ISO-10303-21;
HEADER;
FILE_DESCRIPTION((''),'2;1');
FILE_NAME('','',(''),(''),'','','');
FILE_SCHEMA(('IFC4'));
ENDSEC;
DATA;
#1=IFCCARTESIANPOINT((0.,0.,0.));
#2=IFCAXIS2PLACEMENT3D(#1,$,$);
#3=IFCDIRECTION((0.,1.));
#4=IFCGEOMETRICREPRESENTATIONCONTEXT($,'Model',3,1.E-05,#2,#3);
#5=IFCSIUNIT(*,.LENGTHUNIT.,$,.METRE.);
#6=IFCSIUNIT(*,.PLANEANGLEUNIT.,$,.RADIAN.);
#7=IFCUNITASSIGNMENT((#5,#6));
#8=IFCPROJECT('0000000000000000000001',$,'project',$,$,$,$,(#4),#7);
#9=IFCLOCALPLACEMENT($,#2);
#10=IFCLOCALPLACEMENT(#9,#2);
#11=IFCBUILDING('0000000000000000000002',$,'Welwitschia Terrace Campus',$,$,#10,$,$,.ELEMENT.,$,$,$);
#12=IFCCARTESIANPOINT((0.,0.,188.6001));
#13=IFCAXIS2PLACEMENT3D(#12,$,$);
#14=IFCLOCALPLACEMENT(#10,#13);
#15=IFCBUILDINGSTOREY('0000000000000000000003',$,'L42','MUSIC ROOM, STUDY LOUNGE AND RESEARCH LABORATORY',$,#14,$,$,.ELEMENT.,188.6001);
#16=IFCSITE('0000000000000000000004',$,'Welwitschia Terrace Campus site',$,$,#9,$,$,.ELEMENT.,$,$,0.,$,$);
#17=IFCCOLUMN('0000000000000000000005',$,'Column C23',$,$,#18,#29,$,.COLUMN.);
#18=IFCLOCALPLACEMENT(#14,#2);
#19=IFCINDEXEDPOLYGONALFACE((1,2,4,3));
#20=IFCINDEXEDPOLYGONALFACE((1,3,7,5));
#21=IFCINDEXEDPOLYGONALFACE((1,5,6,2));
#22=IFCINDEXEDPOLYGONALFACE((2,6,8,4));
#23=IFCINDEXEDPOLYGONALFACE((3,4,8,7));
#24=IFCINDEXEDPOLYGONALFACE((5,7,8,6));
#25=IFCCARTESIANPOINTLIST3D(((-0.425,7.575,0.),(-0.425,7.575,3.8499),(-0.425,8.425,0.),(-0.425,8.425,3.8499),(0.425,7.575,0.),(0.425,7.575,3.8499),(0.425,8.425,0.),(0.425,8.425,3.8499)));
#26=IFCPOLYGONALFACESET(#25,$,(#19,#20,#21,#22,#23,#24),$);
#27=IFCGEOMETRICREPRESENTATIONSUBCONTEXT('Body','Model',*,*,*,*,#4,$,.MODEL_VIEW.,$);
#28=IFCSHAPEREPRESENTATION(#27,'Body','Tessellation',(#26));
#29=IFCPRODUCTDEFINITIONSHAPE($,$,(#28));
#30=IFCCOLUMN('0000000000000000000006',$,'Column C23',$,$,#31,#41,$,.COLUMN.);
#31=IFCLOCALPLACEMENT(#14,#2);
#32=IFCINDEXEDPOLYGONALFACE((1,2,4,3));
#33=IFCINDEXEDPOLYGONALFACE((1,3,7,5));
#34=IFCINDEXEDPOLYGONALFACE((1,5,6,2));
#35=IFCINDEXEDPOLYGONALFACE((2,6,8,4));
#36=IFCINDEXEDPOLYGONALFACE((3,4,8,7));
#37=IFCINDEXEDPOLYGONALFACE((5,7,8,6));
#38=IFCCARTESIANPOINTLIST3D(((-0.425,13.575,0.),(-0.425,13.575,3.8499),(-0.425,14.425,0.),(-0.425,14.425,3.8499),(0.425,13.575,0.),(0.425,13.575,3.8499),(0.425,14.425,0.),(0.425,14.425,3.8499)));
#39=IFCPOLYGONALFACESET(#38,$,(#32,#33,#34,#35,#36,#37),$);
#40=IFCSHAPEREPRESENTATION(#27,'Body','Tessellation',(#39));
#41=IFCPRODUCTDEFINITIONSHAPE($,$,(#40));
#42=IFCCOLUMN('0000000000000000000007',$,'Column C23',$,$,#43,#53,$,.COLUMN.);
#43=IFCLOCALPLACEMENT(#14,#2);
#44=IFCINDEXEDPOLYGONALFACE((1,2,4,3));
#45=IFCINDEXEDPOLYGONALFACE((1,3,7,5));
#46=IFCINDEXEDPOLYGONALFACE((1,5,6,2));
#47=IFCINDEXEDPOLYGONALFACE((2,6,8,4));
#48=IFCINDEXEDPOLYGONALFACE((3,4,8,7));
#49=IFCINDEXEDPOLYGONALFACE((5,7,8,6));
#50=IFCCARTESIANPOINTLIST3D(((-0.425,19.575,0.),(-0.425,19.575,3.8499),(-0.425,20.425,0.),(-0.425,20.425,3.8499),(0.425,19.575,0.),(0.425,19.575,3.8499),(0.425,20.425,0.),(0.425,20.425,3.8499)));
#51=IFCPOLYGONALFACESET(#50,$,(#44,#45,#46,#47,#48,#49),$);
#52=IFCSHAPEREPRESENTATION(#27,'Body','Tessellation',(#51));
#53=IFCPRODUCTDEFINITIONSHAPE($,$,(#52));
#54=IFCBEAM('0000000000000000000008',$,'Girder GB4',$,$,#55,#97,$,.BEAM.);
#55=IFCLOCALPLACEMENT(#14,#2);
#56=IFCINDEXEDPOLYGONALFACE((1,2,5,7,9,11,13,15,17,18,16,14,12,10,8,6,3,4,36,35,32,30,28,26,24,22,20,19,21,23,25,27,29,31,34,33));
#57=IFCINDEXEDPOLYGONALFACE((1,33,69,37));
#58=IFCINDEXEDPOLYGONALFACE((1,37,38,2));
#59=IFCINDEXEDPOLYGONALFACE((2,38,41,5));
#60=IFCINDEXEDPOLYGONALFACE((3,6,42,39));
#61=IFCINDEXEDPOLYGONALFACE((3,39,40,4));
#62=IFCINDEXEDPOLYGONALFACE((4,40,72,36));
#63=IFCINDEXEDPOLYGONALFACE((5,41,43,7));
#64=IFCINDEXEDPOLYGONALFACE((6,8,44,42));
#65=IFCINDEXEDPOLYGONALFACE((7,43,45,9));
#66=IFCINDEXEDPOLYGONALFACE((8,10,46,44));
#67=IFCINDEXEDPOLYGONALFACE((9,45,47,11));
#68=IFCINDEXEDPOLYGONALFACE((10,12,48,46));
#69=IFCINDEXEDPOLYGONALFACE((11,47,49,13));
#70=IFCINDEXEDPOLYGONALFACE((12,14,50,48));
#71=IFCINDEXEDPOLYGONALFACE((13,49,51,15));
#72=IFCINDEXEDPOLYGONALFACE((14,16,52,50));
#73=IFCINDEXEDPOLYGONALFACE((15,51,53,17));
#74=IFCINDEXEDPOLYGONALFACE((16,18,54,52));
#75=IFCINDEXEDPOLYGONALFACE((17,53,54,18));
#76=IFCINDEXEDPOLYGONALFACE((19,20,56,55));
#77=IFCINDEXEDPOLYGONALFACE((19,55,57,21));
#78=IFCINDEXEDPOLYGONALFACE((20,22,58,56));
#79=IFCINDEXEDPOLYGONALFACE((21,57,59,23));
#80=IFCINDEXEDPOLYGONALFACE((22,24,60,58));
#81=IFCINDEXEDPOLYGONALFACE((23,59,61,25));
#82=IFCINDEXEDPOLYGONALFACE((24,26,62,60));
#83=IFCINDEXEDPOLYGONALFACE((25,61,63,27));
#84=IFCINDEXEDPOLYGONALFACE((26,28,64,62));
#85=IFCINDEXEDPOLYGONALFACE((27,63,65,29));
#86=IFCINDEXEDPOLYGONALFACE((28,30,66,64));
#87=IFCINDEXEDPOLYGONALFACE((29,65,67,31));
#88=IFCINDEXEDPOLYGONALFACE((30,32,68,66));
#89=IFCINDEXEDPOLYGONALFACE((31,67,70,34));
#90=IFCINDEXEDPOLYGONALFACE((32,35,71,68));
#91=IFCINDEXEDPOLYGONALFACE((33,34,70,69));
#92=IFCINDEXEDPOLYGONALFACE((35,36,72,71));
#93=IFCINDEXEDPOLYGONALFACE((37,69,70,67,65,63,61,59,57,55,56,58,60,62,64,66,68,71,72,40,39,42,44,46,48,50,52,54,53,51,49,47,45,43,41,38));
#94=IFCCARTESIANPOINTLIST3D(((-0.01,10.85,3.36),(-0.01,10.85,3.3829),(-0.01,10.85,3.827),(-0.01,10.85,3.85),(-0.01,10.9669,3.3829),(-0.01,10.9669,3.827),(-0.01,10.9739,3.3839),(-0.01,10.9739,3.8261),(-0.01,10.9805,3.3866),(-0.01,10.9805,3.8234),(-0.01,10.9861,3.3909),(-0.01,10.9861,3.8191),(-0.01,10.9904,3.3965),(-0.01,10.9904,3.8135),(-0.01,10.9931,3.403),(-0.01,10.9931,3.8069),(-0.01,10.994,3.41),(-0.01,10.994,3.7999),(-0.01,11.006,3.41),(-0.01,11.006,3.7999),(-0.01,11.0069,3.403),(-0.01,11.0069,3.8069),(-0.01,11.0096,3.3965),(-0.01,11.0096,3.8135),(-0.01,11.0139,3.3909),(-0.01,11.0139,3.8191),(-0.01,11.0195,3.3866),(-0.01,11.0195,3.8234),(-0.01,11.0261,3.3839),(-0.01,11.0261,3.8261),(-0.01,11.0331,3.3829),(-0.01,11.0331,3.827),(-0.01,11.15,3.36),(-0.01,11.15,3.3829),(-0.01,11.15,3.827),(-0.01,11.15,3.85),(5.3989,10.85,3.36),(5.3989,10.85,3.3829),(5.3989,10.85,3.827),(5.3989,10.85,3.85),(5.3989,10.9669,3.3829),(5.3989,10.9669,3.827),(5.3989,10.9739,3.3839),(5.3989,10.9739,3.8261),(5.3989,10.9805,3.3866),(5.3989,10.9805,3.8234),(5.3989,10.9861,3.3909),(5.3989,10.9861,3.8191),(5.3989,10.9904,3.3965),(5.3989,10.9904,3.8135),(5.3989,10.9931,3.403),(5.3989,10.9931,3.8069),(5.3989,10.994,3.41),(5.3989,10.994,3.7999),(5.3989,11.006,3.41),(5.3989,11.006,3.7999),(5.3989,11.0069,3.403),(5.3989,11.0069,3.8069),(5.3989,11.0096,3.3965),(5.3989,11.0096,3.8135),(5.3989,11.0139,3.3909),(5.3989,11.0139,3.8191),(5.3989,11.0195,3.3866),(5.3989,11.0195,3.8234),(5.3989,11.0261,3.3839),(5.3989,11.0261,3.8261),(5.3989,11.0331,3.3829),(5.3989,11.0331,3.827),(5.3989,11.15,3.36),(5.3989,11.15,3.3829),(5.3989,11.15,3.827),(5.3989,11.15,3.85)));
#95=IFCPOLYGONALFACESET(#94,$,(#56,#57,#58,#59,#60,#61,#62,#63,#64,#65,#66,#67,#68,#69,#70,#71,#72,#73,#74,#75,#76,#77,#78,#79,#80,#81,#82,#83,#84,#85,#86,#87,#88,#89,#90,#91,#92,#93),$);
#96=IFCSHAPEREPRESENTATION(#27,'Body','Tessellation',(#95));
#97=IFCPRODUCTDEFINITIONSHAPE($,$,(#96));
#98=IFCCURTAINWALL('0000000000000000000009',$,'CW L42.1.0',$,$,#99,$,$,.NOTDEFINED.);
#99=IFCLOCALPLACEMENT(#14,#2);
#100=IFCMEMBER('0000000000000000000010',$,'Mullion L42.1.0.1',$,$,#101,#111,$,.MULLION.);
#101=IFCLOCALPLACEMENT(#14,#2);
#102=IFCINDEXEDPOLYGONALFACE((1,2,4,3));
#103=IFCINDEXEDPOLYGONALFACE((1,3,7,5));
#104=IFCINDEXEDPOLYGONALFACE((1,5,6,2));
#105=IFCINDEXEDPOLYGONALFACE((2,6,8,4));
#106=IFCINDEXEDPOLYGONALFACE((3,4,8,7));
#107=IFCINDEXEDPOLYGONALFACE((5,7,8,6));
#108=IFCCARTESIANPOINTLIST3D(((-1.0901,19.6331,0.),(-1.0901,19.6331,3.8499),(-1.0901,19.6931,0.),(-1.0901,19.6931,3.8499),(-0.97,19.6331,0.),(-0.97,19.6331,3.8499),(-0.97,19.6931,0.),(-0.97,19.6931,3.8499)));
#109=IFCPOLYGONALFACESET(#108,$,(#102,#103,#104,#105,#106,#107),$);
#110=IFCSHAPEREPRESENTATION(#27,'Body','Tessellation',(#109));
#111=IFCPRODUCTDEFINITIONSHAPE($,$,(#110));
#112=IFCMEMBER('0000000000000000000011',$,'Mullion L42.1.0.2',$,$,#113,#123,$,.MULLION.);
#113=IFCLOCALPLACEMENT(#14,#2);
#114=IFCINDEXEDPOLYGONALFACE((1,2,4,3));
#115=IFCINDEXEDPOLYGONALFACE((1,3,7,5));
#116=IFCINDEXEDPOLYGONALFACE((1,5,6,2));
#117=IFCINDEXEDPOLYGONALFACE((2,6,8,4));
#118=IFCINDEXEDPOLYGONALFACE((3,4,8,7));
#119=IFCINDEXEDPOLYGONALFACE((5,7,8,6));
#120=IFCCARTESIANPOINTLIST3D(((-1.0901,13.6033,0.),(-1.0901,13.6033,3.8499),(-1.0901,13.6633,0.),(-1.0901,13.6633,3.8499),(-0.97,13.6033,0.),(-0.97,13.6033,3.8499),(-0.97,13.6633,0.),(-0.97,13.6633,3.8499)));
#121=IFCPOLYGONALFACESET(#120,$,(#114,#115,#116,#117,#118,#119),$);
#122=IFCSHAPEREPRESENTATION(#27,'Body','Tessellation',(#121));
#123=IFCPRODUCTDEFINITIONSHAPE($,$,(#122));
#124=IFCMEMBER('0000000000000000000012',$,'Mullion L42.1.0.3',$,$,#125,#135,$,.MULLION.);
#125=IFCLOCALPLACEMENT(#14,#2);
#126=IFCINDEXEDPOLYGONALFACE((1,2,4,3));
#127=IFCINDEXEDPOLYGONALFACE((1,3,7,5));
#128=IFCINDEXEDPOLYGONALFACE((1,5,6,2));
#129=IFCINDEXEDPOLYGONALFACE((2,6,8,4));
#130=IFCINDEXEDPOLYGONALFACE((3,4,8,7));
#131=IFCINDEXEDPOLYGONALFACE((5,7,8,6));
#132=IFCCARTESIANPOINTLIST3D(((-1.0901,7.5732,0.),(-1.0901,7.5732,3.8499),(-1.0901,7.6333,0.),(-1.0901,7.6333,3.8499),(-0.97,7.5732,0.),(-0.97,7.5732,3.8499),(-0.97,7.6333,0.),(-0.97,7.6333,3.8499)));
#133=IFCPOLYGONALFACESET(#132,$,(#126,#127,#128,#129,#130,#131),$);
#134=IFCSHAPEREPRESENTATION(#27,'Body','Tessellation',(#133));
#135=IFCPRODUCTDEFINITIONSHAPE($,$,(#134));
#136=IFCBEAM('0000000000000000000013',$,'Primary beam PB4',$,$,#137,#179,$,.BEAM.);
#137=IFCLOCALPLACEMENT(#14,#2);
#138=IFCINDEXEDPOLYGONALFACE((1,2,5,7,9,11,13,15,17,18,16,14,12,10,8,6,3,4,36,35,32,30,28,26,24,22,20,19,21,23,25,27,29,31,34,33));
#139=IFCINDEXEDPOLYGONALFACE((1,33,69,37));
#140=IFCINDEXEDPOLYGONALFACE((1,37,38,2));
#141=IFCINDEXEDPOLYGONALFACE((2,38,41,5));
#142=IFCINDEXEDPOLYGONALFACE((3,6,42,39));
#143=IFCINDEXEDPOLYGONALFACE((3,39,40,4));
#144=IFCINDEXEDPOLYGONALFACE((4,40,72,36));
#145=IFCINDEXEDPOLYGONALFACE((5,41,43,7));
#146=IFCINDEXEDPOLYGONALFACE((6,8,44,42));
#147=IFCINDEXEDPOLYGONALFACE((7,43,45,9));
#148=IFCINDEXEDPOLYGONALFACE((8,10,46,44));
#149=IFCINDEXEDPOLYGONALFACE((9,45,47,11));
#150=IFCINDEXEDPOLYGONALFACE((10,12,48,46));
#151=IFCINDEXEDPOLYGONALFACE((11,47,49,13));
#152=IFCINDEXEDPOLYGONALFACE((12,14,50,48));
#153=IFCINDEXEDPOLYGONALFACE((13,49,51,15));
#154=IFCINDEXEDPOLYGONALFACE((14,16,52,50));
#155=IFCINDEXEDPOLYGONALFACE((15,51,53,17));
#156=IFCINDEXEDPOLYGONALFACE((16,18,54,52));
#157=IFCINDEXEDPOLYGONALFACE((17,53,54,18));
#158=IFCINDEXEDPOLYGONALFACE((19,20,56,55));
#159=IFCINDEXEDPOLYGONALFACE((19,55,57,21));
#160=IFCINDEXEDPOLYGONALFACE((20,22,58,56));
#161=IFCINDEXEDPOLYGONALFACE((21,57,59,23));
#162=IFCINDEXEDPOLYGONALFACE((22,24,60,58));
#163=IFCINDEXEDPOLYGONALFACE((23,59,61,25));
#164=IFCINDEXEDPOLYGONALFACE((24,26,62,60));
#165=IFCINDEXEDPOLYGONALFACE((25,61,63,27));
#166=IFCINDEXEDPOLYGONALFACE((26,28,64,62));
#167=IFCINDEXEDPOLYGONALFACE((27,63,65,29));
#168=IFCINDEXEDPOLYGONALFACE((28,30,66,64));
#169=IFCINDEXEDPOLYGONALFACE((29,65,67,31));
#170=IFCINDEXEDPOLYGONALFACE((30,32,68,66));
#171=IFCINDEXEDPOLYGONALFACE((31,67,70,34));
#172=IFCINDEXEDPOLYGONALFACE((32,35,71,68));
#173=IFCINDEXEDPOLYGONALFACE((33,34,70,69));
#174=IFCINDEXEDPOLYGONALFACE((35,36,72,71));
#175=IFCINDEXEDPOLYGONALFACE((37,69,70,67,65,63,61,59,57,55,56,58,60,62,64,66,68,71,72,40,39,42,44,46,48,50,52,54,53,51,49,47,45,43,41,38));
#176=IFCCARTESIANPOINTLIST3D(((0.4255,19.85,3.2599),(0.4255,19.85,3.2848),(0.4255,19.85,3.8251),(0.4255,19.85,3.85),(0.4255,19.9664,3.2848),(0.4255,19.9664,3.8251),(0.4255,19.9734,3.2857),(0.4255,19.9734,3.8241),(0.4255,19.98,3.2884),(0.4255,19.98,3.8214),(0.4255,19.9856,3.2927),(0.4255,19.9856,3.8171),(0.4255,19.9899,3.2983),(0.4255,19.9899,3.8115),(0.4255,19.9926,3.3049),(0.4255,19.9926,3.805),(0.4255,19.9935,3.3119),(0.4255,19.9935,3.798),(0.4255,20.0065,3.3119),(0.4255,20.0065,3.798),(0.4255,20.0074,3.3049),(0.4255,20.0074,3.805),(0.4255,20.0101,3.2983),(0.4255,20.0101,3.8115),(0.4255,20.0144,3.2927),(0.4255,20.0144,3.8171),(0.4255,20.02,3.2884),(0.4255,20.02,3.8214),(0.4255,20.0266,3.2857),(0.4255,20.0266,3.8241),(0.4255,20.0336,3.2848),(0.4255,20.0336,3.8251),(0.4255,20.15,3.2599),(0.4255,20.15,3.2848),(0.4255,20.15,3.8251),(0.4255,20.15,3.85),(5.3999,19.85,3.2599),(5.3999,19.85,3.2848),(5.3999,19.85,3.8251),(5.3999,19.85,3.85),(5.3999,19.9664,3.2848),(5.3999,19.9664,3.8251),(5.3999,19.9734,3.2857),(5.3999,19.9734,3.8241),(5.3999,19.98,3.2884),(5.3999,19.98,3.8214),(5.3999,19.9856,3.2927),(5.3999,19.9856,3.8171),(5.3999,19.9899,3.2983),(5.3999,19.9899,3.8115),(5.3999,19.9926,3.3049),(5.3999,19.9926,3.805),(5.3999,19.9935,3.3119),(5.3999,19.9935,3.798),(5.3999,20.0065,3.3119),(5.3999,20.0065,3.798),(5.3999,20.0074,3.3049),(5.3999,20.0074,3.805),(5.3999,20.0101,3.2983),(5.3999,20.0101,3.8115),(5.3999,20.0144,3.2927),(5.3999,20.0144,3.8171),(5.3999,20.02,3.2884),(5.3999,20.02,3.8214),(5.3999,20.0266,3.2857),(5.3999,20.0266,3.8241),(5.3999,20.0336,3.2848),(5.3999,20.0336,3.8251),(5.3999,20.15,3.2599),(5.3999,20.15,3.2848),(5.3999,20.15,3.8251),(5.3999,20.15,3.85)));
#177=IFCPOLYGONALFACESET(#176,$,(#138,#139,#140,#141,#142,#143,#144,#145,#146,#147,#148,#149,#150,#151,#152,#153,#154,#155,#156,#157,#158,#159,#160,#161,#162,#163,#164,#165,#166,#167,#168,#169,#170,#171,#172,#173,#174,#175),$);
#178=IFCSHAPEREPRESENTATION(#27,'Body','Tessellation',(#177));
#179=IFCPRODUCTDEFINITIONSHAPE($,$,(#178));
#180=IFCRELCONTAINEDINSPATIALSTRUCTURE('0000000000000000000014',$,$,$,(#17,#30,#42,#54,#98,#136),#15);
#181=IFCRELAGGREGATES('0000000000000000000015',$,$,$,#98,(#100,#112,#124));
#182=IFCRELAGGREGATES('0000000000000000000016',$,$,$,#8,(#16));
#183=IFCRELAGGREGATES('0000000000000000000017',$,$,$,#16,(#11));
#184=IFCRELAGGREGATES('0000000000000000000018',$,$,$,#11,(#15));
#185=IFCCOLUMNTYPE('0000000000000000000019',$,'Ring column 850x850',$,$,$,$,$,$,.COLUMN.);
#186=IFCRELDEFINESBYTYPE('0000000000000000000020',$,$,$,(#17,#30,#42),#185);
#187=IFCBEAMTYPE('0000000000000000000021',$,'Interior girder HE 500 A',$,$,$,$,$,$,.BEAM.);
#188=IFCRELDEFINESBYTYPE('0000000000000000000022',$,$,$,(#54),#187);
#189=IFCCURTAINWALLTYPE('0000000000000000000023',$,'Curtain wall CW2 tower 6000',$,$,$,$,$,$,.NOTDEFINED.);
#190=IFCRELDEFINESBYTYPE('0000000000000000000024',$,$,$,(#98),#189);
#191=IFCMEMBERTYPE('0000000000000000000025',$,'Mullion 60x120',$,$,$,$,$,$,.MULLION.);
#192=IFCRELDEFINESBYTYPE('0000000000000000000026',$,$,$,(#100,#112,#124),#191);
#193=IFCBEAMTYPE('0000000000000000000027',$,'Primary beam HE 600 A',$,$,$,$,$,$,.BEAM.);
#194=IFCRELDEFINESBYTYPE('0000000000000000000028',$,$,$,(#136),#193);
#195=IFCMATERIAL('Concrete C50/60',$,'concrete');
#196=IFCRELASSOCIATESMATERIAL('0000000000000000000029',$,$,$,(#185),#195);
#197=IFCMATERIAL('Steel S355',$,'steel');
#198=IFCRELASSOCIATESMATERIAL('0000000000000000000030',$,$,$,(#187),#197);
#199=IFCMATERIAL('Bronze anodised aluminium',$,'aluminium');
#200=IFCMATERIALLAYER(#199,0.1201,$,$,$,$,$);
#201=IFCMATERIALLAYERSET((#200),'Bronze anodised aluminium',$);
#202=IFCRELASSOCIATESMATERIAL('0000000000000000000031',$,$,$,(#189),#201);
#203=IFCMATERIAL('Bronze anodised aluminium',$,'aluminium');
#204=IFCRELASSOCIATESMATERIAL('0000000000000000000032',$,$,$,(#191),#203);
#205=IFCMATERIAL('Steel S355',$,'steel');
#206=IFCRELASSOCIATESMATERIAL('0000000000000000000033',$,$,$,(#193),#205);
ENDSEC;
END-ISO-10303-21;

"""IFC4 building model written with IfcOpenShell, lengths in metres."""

from ifc_helpers import new_model, si_unit, direction, frame, origin, origin_2d, place, context, subcontext, project, spatial, rectangle, i_section, extrude, material, layer, layer_set, material_profile, profile_set, type_object, element, aggregate, save


model = new_model("IFC4")

# Units and contexts
model_context = context("Model", 3, precision=1e-05, world=origin(), true_north=direction((0.0, 1.0)))
body_context = subcontext(model_context, "Body", "Model", "MODEL_VIEW")
ifc_project = project(units=[si_unit("LENGTHUNIT", "METRE"), si_unit("PLANEANGLEUNIT", "RADIAN")], contexts=[model_context])

# Site, building, storey
site_placement = place(None, origin())
site = spatial("IfcSite", under=ifc_project, at=site_placement, Name="Welwitschia Terrace Campus site", CompositionType="ELEMENT", RefElevation=0.0)
building_placement = place(site_placement, origin())
building = spatial("IfcBuilding", under=site, at=building_placement, Name="Welwitschia Terrace Campus", CompositionType="ELEMENT")
storey_placement = place(building_placement, frame((0.0, 0.0, 188.6001)))
storey = spatial("IfcBuildingStorey", under=building, at=storey_placement, Name="L42", Description="MUSIC ROOM, STUDY LOUNGE AND RESEARCH LABORATORY", CompositionType="ELEMENT", Elevation=188.6001)

# Columns
ifc_material_1 = material(Name="Concrete C50/60", Category="concrete")
ifc_material_profile_1 = material_profile(ifc_material_1, rectangle(XDim=0.8501, YDim=0.8501, at=origin_2d()))
ifc_profile_set_1 = profile_set([ifc_material_profile_1], Name="Concrete C50/60")
column_type = type_object("IfcColumnType", Name="Ring column 850x850", PredefinedType="COLUMN", material=ifc_profile_set_1)
for number, where, z_axis, x_axis, name in (
    (1, (0.0, 8.0, 0.0), (0.0, 0.0, 1.0), (1.0, 0.0, 0.0), "Column C23"),
    (2, (0.0, 14.0, 0.0), (0.0, 0.0, 1.0), (1.0, 0.0, 0.0), "Column C23"),
    (3, (0.0, 20.0, 0.0), (0.0, 0.0, 1.0), (1.0, 0.0, 0.0), "Column C23"),
):
    element("IfcColumn", number, at=place(storey_placement, frame(where, z_axis=z_axis, x_axis=x_axis)), inside=storey, type_object=column_type, Name=name, PredefinedType="COLUMN", context=body_context, shape_type="SweptSolid", body=[
        extrude(rectangle(XDim=0.8501, YDim=0.8501, at=origin_2d()), origin(), (0.0, 0.0, 1.0), 3.8499),
    ])

# Beam
ifc_material_2 = material(Name="Steel S355", Category="steel")
ifc_material_profile_2 = material_profile(ifc_material_2, i_section(OverallWidth=0.3, OverallDepth=0.49, WebThickness=0.012, FlangeThickness=0.0229, FilletRadius=0.0271, at=origin_2d()))
ifc_profile_set_2 = profile_set([ifc_material_profile_2], Name="Steel S355")
beam_type_1 = type_object("IfcBeamType", Name="Interior girder HE 500 A", PredefinedType="BEAM", material=ifc_profile_set_2)
beam_1_placement = place(storey_placement, frame((-0.01, 11.0, 3.605), z_axis=(1.0, 0.0, 0.0), x_axis=(0.0, 1.0, 0.0)))
element("IfcBeam", 4, at=beam_1_placement, inside=storey, type_object=beam_type_1, Name="Girder GB4", PredefinedType="BEAM", context=body_context, shape_type="SweptSolid", body=[
    extrude(i_section(OverallWidth=0.3, OverallDepth=0.49, WebThickness=0.012, FlangeThickness=0.0229, FilletRadius=0.0271, at=origin_2d()), origin(), (0.0, 0.0, 1.0), 5.4089),
])

# Curtain wall, members
ifc_material_3 = material(Name="Bronze anodised aluminium", Category="aluminium")
ifc_layer_1 = layer(ifc_material_3, 0.1201)
ifc_layer_set_1 = layer_set([ifc_layer_1], Name="Bronze anodised aluminium")
curtain_wall_type = type_object("IfcCurtainWallType", Name="Curtain wall CW2 tower 6000", PredefinedType="NOTDEFINED", material=ifc_layer_set_1)
curtain_wall_placement = place(storey_placement, origin())
curtain_wall = element("IfcCurtainWall", 5, at=curtain_wall_placement, inside=storey, type_object=curtain_wall_type, Name="CW L42.1.0", PredefinedType="NOTDEFINED")
ifc_material_4 = material(Name="Bronze anodised aluminium", Category="aluminium")
ifc_material_profile_3 = material_profile(ifc_material_4, rectangle(XDim=0.1201, YDim=0.0601, at=origin_2d()))
ifc_profile_set_3 = profile_set([ifc_material_profile_3], Name="Bronze anodised aluminium")
member_type = type_object("IfcMemberType", Name="Mullion 60x120", PredefinedType="MULLION", material=ifc_profile_set_3)
member_1_placement = place(storey_placement, frame((-1.03, 19.6631, 0.0), z_axis=(0.0, 0.0, 1.0), x_axis=(1.0, 0.0, 0.0)))
member_1 = element("IfcMember", 6, at=member_1_placement, type_object=member_type, Name="Mullion L42.1.0.1", PredefinedType="MULLION", context=body_context, shape_type="SweptSolid", body=[
    extrude(rectangle(XDim=0.1201, YDim=0.0601, at=origin_2d()), origin(), (0.0, 0.0, 1.0), 3.8499),
])
member_2_placement = place(storey_placement, frame((-1.03, 13.6333, 0.0), z_axis=(0.0, 0.0, 1.0), x_axis=(1.0, 0.0, 0.0)))
member_2 = element("IfcMember", 7, at=member_2_placement, type_object=member_type, Name="Mullion L42.1.0.2", PredefinedType="MULLION", context=body_context, shape_type="SweptSolid", body=[
    extrude(rectangle(XDim=0.1201, YDim=0.0601, at=origin_2d()), origin(), (0.0, 0.0, 1.0), 3.8499),
])
member_3_placement = place(storey_placement, frame((-1.03, 7.6033, 0.0), z_axis=(0.0, 0.0, 1.0), x_axis=(1.0, 0.0, 0.0)))
member_3 = element("IfcMember", 8, at=member_3_placement, type_object=member_type, Name="Mullion L42.1.0.3", PredefinedType="MULLION", context=body_context, shape_type="SweptSolid", body=[
    extrude(rectangle(XDim=0.1201, YDim=0.0601, at=origin_2d()), origin(), (0.0, 0.0, 1.0), 3.8499),
])

# Beam
ifc_material_5 = material(Name="Steel S355", Category="steel")
ifc_material_profile_4 = material_profile(ifc_material_5, i_section(OverallWidth=0.3, OverallDepth=0.5901, WebThickness=0.0129, FlangeThickness=0.0249, FilletRadius=0.0271, at=origin_2d()))
ifc_profile_set_4 = profile_set([ifc_material_profile_4], Name="Steel S355")
beam_type_2 = type_object("IfcBeamType", Name="Primary beam HE 600 A", PredefinedType="BEAM", material=ifc_profile_set_4)
for number, where, z_axis, x_axis, name in (
    (9, (0.4255, 20.0, 3.5549), (1.0, 0.0, 0.0), (0.0, 1.0, 0.0), "Primary beam PB4"),
):
    element("IfcBeam", number, at=place(storey_placement, frame(where, z_axis=z_axis, x_axis=x_axis)), inside=storey, type_object=beam_type_2, Name=name, PredefinedType="BEAM", context=body_context, shape_type="SweptSolid", body=[
        extrude(i_section(OverallWidth=0.3, OverallDepth=0.5901, WebThickness=0.0129, FlangeThickness=0.0249, FilletRadius=0.0271, at=origin_2d()), origin(), (0.0, 0.0, 1.0), 4.9744),
    ])

aggregate(curtain_wall, [member_1, member_2, member_3])

save(model, "model.ifc")
